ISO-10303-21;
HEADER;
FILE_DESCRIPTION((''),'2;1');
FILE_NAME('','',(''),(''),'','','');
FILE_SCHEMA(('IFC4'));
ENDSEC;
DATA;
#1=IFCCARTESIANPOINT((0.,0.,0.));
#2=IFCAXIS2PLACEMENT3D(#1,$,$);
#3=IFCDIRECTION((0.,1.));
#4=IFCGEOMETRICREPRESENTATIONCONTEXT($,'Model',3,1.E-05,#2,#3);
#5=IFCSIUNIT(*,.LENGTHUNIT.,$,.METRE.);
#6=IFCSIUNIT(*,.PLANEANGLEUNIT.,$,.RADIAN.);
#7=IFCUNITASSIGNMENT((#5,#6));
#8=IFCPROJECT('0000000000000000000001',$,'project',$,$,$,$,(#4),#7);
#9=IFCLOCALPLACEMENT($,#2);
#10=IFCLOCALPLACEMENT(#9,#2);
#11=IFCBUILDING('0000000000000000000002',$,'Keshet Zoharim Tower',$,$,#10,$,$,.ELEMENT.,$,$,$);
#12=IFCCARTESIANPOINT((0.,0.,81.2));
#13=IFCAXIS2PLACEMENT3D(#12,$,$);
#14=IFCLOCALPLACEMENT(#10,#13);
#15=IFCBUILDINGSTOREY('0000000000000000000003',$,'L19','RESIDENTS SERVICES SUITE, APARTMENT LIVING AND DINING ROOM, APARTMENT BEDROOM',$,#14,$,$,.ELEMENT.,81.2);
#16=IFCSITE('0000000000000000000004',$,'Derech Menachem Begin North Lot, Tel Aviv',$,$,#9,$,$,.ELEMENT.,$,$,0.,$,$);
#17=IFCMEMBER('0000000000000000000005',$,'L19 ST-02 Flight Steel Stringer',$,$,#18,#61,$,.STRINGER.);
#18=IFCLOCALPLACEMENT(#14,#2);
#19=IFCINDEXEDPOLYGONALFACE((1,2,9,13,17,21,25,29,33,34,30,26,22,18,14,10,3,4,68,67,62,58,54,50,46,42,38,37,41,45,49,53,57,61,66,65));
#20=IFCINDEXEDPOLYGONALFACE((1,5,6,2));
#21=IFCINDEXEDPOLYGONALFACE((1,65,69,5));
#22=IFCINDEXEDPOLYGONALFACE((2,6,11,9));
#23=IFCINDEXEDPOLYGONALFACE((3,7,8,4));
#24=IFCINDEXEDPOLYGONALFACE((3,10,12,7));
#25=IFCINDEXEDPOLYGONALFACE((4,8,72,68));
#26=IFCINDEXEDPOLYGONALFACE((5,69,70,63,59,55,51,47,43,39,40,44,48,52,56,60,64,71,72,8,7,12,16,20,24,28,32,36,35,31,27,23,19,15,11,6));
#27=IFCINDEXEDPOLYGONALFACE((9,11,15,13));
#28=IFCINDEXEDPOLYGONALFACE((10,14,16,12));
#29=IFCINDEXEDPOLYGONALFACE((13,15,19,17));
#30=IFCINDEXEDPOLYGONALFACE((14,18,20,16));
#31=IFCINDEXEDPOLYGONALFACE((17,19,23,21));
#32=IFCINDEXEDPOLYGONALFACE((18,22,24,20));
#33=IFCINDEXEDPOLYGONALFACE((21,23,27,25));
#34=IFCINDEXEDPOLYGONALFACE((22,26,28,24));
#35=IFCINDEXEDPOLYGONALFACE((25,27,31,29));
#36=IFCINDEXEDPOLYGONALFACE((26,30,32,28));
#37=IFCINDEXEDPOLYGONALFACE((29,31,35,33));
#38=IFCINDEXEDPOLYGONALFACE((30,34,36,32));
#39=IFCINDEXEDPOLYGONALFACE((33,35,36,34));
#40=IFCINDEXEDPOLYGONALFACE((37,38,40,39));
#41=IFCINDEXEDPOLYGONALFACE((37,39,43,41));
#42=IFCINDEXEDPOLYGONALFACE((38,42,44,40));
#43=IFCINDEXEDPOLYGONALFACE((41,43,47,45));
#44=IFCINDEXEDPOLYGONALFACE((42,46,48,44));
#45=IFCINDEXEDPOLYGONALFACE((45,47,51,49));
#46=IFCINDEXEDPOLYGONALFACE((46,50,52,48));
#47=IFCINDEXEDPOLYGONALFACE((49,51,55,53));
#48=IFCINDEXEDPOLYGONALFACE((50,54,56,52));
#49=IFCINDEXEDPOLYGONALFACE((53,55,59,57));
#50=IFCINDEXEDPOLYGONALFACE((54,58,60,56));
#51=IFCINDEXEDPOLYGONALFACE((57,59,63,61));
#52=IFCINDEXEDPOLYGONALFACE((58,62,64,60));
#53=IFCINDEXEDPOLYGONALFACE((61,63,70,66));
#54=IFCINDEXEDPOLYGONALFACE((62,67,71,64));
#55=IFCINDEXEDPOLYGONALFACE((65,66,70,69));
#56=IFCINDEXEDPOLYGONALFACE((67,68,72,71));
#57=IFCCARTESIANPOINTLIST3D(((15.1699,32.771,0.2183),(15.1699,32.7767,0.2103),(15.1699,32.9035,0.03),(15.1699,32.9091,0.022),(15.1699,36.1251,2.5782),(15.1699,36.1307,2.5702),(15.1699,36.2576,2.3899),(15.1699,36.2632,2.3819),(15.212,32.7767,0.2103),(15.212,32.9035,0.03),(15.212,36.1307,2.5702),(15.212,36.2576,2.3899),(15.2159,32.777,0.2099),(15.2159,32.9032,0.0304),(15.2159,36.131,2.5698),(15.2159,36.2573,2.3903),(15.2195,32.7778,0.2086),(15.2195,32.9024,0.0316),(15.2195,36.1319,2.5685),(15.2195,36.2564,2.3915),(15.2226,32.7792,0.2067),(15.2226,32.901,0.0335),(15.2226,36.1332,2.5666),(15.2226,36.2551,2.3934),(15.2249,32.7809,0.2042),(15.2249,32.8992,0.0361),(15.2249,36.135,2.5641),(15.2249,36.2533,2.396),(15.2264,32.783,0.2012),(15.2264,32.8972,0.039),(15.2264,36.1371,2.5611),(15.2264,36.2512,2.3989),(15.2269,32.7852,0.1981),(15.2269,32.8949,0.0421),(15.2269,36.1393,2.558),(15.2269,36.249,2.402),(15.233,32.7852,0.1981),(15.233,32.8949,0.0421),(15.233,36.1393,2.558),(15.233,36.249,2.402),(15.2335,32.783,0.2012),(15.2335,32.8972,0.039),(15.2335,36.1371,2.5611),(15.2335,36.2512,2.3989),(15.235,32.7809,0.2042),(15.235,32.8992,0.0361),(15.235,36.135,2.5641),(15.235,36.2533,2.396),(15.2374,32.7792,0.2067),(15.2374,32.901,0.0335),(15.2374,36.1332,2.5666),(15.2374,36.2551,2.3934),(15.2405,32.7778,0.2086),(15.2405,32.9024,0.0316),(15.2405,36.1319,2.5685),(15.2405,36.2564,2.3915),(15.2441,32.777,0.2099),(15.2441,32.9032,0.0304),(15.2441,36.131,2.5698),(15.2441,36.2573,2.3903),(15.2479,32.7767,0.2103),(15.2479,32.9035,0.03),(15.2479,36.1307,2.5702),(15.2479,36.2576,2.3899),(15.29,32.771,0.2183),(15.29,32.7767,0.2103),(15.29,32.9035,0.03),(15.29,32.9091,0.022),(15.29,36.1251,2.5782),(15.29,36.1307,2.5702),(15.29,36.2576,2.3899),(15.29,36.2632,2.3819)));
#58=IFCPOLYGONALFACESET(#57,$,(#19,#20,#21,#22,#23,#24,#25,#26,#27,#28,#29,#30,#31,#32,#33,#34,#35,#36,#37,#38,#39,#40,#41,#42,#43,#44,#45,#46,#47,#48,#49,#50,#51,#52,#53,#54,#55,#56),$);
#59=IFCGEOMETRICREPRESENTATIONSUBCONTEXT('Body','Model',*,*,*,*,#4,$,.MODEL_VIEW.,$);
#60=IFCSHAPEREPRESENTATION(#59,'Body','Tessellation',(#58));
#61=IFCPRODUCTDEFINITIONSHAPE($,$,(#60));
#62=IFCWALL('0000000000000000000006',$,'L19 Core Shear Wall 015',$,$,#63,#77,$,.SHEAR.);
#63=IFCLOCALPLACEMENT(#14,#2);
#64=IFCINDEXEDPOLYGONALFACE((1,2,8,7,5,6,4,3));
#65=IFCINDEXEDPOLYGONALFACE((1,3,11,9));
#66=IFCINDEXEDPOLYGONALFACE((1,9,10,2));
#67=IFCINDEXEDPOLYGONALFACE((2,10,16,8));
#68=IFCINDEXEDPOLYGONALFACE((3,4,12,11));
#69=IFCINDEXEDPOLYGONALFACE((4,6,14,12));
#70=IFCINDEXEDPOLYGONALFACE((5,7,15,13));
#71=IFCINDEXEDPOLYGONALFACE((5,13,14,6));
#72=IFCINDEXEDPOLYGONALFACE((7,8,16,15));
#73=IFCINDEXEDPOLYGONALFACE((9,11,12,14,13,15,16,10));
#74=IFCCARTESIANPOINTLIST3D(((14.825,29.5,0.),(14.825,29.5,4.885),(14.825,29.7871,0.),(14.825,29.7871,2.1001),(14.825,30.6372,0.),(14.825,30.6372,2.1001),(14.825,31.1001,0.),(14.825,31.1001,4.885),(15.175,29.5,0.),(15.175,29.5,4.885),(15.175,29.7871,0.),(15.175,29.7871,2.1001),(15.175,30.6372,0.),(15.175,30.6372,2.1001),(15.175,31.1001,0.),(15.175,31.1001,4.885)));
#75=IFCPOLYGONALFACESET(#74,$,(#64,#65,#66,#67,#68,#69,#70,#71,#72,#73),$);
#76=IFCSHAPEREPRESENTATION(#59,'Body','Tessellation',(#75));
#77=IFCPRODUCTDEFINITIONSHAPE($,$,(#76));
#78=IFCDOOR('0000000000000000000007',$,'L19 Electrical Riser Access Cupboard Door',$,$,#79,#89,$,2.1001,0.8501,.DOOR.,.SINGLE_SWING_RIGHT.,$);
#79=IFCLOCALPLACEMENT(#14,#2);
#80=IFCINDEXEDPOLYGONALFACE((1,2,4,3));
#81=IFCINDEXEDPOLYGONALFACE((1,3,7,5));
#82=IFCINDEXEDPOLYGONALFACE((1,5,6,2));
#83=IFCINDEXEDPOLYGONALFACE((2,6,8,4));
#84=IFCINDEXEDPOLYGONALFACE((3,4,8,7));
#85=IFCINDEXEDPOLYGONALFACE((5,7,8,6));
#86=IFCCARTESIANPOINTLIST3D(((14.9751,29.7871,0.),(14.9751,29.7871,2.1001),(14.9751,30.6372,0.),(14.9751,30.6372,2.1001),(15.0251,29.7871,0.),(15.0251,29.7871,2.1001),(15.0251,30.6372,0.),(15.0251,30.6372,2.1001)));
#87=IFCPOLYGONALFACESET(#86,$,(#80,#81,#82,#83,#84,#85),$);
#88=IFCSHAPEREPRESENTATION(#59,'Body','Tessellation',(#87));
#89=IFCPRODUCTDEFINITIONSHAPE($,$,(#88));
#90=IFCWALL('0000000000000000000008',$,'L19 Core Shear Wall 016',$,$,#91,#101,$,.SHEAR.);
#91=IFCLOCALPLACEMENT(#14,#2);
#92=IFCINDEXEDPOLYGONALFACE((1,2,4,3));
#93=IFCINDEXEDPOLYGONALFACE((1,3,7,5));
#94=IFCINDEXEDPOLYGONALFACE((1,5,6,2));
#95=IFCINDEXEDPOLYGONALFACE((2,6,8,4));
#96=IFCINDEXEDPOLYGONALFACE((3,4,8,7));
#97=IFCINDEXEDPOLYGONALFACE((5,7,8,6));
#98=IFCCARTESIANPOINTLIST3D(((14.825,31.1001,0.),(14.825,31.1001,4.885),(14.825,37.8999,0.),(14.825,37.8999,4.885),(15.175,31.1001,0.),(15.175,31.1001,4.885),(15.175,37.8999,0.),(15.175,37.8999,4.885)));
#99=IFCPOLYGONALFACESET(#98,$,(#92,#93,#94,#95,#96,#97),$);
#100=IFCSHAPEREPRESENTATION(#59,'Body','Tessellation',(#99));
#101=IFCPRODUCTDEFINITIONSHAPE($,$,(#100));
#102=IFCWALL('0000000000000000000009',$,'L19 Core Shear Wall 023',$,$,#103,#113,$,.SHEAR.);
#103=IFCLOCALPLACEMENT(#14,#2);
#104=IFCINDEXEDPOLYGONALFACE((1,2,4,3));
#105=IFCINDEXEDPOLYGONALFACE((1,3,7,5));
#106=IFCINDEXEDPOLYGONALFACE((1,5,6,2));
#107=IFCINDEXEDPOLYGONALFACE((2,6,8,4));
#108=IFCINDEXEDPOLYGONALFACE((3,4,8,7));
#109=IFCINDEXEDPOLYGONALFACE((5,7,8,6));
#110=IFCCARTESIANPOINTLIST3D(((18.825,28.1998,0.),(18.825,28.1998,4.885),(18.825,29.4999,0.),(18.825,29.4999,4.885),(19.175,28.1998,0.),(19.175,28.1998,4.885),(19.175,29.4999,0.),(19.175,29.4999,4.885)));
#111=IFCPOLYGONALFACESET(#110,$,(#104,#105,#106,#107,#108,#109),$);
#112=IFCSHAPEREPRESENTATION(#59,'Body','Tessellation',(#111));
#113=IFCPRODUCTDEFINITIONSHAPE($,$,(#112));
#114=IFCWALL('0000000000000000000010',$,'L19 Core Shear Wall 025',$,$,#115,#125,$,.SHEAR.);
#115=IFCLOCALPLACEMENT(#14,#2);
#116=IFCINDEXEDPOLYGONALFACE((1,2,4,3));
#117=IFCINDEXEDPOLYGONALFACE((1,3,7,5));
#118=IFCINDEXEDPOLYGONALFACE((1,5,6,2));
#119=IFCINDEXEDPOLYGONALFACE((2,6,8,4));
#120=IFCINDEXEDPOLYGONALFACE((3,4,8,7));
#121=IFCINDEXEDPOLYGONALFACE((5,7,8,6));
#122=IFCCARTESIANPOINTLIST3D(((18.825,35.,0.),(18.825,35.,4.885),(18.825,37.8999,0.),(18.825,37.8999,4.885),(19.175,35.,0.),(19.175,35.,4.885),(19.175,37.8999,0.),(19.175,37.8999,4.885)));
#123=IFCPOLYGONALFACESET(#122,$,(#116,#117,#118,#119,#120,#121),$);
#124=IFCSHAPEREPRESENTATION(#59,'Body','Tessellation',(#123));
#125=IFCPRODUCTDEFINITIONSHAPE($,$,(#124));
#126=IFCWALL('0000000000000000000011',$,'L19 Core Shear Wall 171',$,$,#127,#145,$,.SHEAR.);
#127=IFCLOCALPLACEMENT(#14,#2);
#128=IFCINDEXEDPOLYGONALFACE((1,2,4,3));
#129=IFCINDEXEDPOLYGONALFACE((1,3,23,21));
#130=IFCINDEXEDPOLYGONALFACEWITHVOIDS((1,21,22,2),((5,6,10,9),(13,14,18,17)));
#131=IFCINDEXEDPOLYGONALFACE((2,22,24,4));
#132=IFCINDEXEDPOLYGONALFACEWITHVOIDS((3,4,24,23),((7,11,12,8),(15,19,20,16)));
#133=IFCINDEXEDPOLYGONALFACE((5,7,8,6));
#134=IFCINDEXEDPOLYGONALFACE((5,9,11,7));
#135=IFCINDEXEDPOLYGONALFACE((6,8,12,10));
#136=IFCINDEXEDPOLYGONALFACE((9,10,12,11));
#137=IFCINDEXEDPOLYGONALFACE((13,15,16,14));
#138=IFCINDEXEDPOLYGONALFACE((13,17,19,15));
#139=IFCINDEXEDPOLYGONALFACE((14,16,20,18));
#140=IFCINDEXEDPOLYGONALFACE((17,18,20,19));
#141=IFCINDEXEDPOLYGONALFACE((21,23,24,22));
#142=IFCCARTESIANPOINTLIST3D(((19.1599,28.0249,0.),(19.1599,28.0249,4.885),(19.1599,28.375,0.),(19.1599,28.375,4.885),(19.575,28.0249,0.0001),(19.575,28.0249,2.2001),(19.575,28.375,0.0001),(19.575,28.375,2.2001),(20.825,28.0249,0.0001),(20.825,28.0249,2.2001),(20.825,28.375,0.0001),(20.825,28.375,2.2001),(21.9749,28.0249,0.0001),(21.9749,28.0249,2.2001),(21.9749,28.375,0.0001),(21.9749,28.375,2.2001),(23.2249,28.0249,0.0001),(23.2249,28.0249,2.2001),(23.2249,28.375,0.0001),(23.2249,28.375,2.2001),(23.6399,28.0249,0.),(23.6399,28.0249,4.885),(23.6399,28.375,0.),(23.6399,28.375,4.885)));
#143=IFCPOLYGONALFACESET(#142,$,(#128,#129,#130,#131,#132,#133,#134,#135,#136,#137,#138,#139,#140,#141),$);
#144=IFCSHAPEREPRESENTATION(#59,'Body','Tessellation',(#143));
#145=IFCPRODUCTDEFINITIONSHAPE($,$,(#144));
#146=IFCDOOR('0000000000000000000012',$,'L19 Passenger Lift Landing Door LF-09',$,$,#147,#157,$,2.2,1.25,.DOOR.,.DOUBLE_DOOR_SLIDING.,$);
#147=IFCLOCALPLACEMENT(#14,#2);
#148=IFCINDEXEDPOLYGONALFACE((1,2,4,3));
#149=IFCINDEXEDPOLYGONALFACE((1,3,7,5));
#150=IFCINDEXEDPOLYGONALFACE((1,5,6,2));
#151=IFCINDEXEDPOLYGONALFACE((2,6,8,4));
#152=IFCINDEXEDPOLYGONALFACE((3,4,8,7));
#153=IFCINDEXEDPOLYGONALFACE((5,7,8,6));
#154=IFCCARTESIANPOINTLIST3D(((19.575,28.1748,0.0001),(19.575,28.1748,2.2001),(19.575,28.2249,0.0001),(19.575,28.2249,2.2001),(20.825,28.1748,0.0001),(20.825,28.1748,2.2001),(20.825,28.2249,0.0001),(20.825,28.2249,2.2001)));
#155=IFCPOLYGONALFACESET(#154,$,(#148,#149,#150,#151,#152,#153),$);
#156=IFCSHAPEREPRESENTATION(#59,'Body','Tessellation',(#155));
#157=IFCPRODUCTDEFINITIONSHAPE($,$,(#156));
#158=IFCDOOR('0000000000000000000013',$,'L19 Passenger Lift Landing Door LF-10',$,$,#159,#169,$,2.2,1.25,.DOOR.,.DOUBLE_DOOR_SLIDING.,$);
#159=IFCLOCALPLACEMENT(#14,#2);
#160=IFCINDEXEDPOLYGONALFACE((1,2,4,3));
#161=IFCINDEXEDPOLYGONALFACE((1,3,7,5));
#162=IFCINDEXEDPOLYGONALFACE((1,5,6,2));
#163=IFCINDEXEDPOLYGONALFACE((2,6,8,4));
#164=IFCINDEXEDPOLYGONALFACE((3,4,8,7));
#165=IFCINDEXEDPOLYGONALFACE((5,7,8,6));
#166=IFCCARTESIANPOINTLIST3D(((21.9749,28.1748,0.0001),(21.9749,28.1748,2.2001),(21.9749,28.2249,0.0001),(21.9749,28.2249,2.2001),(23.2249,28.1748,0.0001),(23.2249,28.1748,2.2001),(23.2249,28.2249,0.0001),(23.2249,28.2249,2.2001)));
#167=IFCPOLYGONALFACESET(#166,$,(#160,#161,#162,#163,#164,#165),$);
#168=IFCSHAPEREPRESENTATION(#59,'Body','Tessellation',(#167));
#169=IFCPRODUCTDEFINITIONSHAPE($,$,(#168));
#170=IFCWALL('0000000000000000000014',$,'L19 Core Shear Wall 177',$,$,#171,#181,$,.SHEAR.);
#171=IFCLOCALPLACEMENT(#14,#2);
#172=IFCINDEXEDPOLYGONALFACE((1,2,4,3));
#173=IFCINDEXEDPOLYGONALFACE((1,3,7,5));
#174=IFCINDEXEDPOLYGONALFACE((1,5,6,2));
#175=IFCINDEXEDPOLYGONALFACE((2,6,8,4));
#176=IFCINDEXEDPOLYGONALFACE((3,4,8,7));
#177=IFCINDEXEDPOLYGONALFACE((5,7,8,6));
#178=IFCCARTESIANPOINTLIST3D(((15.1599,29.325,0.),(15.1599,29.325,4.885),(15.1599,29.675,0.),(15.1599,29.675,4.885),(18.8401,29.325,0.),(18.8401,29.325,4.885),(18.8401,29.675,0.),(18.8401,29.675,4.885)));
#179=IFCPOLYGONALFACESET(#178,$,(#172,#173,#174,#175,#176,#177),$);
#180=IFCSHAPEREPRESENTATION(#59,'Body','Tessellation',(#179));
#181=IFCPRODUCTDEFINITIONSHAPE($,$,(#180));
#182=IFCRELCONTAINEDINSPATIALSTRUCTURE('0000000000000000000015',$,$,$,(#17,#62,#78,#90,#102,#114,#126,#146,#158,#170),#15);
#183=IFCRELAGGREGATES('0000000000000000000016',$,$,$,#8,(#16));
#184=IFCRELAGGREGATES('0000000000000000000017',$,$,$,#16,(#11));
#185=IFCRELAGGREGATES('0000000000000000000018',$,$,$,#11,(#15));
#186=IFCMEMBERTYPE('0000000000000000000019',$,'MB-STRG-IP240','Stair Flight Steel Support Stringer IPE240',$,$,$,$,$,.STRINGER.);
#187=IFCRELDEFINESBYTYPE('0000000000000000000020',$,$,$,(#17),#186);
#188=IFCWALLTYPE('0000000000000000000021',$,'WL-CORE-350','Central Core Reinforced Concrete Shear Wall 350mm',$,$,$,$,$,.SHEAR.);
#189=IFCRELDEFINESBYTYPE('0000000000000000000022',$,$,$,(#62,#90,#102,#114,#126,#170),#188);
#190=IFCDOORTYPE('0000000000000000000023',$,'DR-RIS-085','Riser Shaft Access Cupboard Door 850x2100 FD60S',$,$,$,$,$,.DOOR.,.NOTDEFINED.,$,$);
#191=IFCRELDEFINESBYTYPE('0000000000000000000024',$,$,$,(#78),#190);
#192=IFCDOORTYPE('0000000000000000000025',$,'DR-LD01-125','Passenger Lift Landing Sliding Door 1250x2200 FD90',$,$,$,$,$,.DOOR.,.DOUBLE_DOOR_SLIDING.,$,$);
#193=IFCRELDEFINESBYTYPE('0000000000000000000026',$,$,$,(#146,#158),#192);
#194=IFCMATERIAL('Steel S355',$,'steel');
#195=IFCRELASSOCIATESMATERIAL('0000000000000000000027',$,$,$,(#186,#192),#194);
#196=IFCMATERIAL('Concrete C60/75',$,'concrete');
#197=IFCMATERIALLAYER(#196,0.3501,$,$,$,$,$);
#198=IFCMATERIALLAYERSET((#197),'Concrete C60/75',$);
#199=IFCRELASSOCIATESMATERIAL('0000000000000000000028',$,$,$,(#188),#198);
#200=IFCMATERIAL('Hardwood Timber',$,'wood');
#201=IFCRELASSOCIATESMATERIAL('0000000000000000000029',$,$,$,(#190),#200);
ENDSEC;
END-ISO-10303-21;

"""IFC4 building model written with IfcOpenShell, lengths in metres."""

from ifc_helpers import new_model, si_unit, direction, frame, frame_2d, origin, origin_2d, place, context, subcontext, project, spatial, rectangle, i_section, extrude, material, layer, layer_set, material_profile, profile_set, type_object, element, fill, save


model = new_model("IFC4")

# Units and contexts
model_context = context("Model", 3, precision=1e-05, world=origin(), true_north=direction((0.0, 1.0)))
body_context = subcontext(model_context, "Body", "Model", "MODEL_VIEW")
ifc_project = project(units=[si_unit("LENGTHUNIT", "METRE"), si_unit("PLANEANGLEUNIT", "RADIAN")], contexts=[model_context])

# Site, building, storey
site_placement = place(None, origin())
site = spatial("IfcSite", under=ifc_project, at=site_placement, Name="Derech Menachem Begin North Lot, Tel Aviv", CompositionType="ELEMENT", RefElevation=0.0)
building_placement = place(site_placement, origin())
building = spatial("IfcBuilding", under=site, at=building_placement, Name="Keshet Zoharim Tower", CompositionType="ELEMENT")
storey_placement = place(building_placement, frame((0.0, 0.0, 81.2)))
storey = spatial("IfcBuildingStorey", under=building, at=storey_placement, Name="L19", Description="RESIDENTS SERVICES SUITE, APARTMENT LIVING AND DINING ROOM, APARTMENT BEDROOM", CompositionType="ELEMENT", Elevation=81.2)

# Member
ifc_material_1 = material(Name="Steel S355", Category="steel")
ifc_material_profile = material_profile(ifc_material_1, i_section(OverallWidth=0.1201, OverallDepth=0.24, WebThickness=0.0061, FlangeThickness=0.0098, FilletRadius=0.0149, at=origin_2d()), Name="IPE240")
ifc_profile_set = profile_set([ifc_material_profile], Name="Steel S355")
member_type = type_object("IfcMemberType", Name="MB-STRG-IP240", Description="Stair Flight Steel Support Stringer IPE240", PredefinedType="STRINGER", material=ifc_profile_set)
member_placement = place(storey_placement, frame((15.23, 32.8401, 0.1201), z_axis=(0.0, 0.817848, 0.575434), x_axis=(-1.0, 0.0, 0.0)))
element("IfcMember", 1, at=member_placement, inside=storey, type_object=member_type, Name="L19 ST-02 Flight Steel Stringer", PredefinedType="STRINGER", context=body_context, shape_type="SweptSolid", body=[
    extrude(i_section(OverallWidth=0.1201, OverallDepth=0.24, WebThickness=0.0061, FlangeThickness=0.0098, FilletRadius=0.0149, at=origin_2d()), origin(), (0.0, 0.0, 1.0), 4.1011),
])

# Wall, opening, door
ifc_material_2 = material(Name="Concrete C60/75", Category="concrete")
ifc_layer_1 = layer(ifc_material_2, 0.3501)
ifc_layer_set_1 = layer_set([ifc_layer_1], Name="Concrete C60/75")
wall_type_1 = type_object("IfcWallType", Name="WL-CORE-350", Description="Central Core Reinforced Concrete Shear Wall 350mm", PredefinedType="SHEAR", material=ifc_layer_set_1)
wall_1_placement = place(storey_placement, frame((15.0, 29.5, 0.0), z_axis=(0.0, 0.0, 1.0), x_axis=(0.0, 1.0, 0.0)))
wall_1 = element("IfcWall", 2, at=wall_1_placement, inside=storey, type_object=wall_type_1, Name="L19 Core Shear Wall 015", PredefinedType="SHEAR", context=body_context, shape_type="SweptSolid", body=[
    extrude(rectangle(XDim=1.6001, YDim=0.3501, at=frame_2d((0.8, 0.0))), origin(), (0.0, 0.0, 1.0), 4.885),
])
opening_1_placement = place(wall_1_placement, frame((0.2871, 0.0, 0.0)))
opening_1 = element("IfcOpeningElement", 3, at=opening_1_placement, cuts=wall_1, PredefinedType="OPENING", context=body_context, shape_type="SweptSolid", body=[
    extrude(rectangle(XDim=0.8501, YDim=2.1001, at=frame_2d((0.425, 1.05))), frame((0.0, 0.1851, 0.0), z_axis=(0.0, -1.0, 0.0), x_axis=(1.0, 0.0, 0.0)), (0.0, 0.0, 1.0), 0.3701),
])
ifc_material_3 = material(Name="Hardwood Timber", Category="wood")
door_type_1 = type_object("IfcDoorType", Name="DR-RIS-085", Description="Riser Shaft Access Cupboard Door 850x2100 FD60S", OperationType="NOTDEFINED", PredefinedType="DOOR", material=ifc_material_3)
door_1_placement = place(opening_1_placement, origin())
door_1 = element("IfcDoor", 4, at=door_1_placement, inside=storey, type_object=door_type_1, Name="L19 Electrical Riser Access Cupboard Door", OperationType="SINGLE_SWING_RIGHT", OverallHeight=2.1001, OverallWidth=0.8501, PredefinedType="DOOR", context=body_context, shape_type="SweptSolid", body=[
    extrude(rectangle(XDim=0.8501, YDim=2.1001, at=frame_2d((0.425, 1.05))), frame((0.0, 0.0249, 0.0), z_axis=(0.0, -1.0, 0.0), x_axis=(1.0, 0.0, 0.0)), (0.0, 0.0, 1.0), 0.05),
])
fill(opening_1, door_1)

# Walls
wall_2_placement = place(storey_placement, frame((15.0, 31.1001, 0.0), z_axis=(0.0, 0.0, 1.0), x_axis=(0.0, 1.0, 0.0)))
element("IfcWall", 5, at=wall_2_placement, inside=storey, type_object=wall_type_1, Name="L19 Core Shear Wall 016", PredefinedType="SHEAR", context=body_context, shape_type="SweptSolid", body=[
    extrude(rectangle(XDim=6.7998, YDim=0.3501, at=frame_2d((3.3999, 0.0))), origin(), (0.0, 0.0, 1.0), 4.885),
])
wall_3_placement = place(storey_placement, frame((19.0, 28.2, 0.0), z_axis=(0.0, 0.0, 1.0), x_axis=(0.0, 1.0, 0.0)))
element("IfcWall", 6, at=wall_3_placement, inside=storey, type_object=wall_type_1, Name="L19 Core Shear Wall 023", PredefinedType="SHEAR", context=body_context, shape_type="SweptSolid", body=[
    extrude(rectangle(XDim=1.3, YDim=0.3501, at=frame_2d((0.6499, 0.0))), origin(), (0.0, 0.0, 1.0), 4.885),
])

# Wall
wall_4_placement = place(storey_placement, frame((19.0, 35.0, 0.0), z_axis=(0.0, 0.0, 1.0), x_axis=(0.0, 1.0, 0.0)))
element("IfcWall", 7, at=wall_4_placement, inside=storey, type_object=wall_type_1, Name="L19 Core Shear Wall 025", PredefinedType="SHEAR", context=body_context, shape_type="SweptSolid", body=[
    extrude(rectangle(XDim=2.8999, YDim=0.3501, at=frame_2d((1.45, 0.0))), origin(), (0.0, 0.0, 1.0), 4.885),
])

# Wall, openings, doors
wall_5_placement = place(storey_placement, frame((19.1599, 28.2, 0.0), z_axis=(0.0, 0.0, 1.0), x_axis=(1.0, 0.0, 0.0)))
wall_5 = element("IfcWall", 8, at=wall_5_placement, inside=storey, type_object=wall_type_1, Name="L19 Core Shear Wall 171", PredefinedType="SHEAR", context=body_context, shape_type="SweptSolid", body=[
    extrude(rectangle(XDim=4.48, YDim=0.3501, at=frame_2d((2.24, 0.0))), origin(), (0.0, 0.0, 1.0), 4.885),
])
opening_2_placement = place(wall_5_placement, frame((0.415, 0.0, 0.0)))
opening_2 = element("IfcOpeningElement", 9, at=opening_2_placement, cuts=wall_5, PredefinedType="OPENING", context=body_context, shape_type="SweptSolid", body=[
    extrude(rectangle(XDim=1.25, YDim=2.2, at=frame_2d((0.625, 1.1001))), frame((0.0, 0.1851, 0.0), z_axis=(0.0, -1.0, 0.0), x_axis=(1.0, 0.0, 0.0)), (0.0, 0.0, 1.0), 0.3701),
])
opening_3_placement = place(wall_5_placement, frame((2.8149, 0.0, 0.0)))
opening_3 = element("IfcOpeningElement", 10, at=opening_3_placement, cuts=wall_5, PredefinedType="OPENING", context=body_context, shape_type="SweptSolid", body=[
    extrude(rectangle(XDim=1.25, YDim=2.2, at=frame_2d((0.625, 1.1001))), frame((0.0, 0.1851, 0.0), z_axis=(0.0, -1.0, 0.0), x_axis=(1.0, 0.0, 0.0)), (0.0, 0.0, 1.0), 0.3701),
])
door_type_2 = type_object("IfcDoorType", Name="DR-LD01-125", Description="Passenger Lift Landing Sliding Door 1250x2200 FD90", OperationType="DOUBLE_DOOR_SLIDING", PredefinedType="DOOR", material=ifc_material_1)
door_2_placement = place(opening_2_placement, origin())
door_2 = element("IfcDoor", 11, at=door_2_placement, inside=storey, type_object=door_type_2, Name="L19 Passenger Lift Landing Door LF-09", OperationType="DOUBLE_DOOR_SLIDING", OverallHeight=2.2, OverallWidth=1.25, PredefinedType="DOOR", context=body_context, shape_type="SweptSolid", body=[
    extrude(rectangle(XDim=1.25, YDim=2.2, at=frame_2d((0.625, 1.1001))), frame((0.0, 0.0249, 0.0), z_axis=(0.0, -1.0, 0.0), x_axis=(1.0, 0.0, 0.0)), (0.0, 0.0, 1.0), 0.05),
])
fill(opening_2, door_2)
door_3_placement = place(opening_3_placement, origin())
door_3 = element("IfcDoor", 12, at=door_3_placement, inside=storey, type_object=door_type_2, Name="L19 Passenger Lift Landing Door LF-10", OperationType="DOUBLE_DOOR_SLIDING", OverallHeight=2.2, OverallWidth=1.25, PredefinedType="DOOR", context=body_context, shape_type="SweptSolid", body=[
    extrude(rectangle(XDim=1.25, YDim=2.2, at=frame_2d((0.625, 1.1001))), frame((0.0, 0.0249, 0.0), z_axis=(0.0, -1.0, 0.0), x_axis=(1.0, 0.0, 0.0)), (0.0, 0.0, 1.0), 0.05),
])
fill(opening_3, door_3)

# Wall
wall_6_placement = place(storey_placement, frame((15.1599, 29.5, 0.0), z_axis=(0.0, 0.0, 1.0), x_axis=(1.0, 0.0, 0.0)))
element("IfcWall", 13, at=wall_6_placement, inside=storey, type_object=wall_type_1, Name="L19 Core Shear Wall 177", PredefinedType="SHEAR", context=body_context, shape_type="SweptSolid", body=[
    extrude(rectangle(XDim=3.6802, YDim=0.3501, at=frame_2d((1.8401, 0.0))), origin(), (0.0, 0.0, 1.0), 4.885),
])

save(model, "model.ifc")
